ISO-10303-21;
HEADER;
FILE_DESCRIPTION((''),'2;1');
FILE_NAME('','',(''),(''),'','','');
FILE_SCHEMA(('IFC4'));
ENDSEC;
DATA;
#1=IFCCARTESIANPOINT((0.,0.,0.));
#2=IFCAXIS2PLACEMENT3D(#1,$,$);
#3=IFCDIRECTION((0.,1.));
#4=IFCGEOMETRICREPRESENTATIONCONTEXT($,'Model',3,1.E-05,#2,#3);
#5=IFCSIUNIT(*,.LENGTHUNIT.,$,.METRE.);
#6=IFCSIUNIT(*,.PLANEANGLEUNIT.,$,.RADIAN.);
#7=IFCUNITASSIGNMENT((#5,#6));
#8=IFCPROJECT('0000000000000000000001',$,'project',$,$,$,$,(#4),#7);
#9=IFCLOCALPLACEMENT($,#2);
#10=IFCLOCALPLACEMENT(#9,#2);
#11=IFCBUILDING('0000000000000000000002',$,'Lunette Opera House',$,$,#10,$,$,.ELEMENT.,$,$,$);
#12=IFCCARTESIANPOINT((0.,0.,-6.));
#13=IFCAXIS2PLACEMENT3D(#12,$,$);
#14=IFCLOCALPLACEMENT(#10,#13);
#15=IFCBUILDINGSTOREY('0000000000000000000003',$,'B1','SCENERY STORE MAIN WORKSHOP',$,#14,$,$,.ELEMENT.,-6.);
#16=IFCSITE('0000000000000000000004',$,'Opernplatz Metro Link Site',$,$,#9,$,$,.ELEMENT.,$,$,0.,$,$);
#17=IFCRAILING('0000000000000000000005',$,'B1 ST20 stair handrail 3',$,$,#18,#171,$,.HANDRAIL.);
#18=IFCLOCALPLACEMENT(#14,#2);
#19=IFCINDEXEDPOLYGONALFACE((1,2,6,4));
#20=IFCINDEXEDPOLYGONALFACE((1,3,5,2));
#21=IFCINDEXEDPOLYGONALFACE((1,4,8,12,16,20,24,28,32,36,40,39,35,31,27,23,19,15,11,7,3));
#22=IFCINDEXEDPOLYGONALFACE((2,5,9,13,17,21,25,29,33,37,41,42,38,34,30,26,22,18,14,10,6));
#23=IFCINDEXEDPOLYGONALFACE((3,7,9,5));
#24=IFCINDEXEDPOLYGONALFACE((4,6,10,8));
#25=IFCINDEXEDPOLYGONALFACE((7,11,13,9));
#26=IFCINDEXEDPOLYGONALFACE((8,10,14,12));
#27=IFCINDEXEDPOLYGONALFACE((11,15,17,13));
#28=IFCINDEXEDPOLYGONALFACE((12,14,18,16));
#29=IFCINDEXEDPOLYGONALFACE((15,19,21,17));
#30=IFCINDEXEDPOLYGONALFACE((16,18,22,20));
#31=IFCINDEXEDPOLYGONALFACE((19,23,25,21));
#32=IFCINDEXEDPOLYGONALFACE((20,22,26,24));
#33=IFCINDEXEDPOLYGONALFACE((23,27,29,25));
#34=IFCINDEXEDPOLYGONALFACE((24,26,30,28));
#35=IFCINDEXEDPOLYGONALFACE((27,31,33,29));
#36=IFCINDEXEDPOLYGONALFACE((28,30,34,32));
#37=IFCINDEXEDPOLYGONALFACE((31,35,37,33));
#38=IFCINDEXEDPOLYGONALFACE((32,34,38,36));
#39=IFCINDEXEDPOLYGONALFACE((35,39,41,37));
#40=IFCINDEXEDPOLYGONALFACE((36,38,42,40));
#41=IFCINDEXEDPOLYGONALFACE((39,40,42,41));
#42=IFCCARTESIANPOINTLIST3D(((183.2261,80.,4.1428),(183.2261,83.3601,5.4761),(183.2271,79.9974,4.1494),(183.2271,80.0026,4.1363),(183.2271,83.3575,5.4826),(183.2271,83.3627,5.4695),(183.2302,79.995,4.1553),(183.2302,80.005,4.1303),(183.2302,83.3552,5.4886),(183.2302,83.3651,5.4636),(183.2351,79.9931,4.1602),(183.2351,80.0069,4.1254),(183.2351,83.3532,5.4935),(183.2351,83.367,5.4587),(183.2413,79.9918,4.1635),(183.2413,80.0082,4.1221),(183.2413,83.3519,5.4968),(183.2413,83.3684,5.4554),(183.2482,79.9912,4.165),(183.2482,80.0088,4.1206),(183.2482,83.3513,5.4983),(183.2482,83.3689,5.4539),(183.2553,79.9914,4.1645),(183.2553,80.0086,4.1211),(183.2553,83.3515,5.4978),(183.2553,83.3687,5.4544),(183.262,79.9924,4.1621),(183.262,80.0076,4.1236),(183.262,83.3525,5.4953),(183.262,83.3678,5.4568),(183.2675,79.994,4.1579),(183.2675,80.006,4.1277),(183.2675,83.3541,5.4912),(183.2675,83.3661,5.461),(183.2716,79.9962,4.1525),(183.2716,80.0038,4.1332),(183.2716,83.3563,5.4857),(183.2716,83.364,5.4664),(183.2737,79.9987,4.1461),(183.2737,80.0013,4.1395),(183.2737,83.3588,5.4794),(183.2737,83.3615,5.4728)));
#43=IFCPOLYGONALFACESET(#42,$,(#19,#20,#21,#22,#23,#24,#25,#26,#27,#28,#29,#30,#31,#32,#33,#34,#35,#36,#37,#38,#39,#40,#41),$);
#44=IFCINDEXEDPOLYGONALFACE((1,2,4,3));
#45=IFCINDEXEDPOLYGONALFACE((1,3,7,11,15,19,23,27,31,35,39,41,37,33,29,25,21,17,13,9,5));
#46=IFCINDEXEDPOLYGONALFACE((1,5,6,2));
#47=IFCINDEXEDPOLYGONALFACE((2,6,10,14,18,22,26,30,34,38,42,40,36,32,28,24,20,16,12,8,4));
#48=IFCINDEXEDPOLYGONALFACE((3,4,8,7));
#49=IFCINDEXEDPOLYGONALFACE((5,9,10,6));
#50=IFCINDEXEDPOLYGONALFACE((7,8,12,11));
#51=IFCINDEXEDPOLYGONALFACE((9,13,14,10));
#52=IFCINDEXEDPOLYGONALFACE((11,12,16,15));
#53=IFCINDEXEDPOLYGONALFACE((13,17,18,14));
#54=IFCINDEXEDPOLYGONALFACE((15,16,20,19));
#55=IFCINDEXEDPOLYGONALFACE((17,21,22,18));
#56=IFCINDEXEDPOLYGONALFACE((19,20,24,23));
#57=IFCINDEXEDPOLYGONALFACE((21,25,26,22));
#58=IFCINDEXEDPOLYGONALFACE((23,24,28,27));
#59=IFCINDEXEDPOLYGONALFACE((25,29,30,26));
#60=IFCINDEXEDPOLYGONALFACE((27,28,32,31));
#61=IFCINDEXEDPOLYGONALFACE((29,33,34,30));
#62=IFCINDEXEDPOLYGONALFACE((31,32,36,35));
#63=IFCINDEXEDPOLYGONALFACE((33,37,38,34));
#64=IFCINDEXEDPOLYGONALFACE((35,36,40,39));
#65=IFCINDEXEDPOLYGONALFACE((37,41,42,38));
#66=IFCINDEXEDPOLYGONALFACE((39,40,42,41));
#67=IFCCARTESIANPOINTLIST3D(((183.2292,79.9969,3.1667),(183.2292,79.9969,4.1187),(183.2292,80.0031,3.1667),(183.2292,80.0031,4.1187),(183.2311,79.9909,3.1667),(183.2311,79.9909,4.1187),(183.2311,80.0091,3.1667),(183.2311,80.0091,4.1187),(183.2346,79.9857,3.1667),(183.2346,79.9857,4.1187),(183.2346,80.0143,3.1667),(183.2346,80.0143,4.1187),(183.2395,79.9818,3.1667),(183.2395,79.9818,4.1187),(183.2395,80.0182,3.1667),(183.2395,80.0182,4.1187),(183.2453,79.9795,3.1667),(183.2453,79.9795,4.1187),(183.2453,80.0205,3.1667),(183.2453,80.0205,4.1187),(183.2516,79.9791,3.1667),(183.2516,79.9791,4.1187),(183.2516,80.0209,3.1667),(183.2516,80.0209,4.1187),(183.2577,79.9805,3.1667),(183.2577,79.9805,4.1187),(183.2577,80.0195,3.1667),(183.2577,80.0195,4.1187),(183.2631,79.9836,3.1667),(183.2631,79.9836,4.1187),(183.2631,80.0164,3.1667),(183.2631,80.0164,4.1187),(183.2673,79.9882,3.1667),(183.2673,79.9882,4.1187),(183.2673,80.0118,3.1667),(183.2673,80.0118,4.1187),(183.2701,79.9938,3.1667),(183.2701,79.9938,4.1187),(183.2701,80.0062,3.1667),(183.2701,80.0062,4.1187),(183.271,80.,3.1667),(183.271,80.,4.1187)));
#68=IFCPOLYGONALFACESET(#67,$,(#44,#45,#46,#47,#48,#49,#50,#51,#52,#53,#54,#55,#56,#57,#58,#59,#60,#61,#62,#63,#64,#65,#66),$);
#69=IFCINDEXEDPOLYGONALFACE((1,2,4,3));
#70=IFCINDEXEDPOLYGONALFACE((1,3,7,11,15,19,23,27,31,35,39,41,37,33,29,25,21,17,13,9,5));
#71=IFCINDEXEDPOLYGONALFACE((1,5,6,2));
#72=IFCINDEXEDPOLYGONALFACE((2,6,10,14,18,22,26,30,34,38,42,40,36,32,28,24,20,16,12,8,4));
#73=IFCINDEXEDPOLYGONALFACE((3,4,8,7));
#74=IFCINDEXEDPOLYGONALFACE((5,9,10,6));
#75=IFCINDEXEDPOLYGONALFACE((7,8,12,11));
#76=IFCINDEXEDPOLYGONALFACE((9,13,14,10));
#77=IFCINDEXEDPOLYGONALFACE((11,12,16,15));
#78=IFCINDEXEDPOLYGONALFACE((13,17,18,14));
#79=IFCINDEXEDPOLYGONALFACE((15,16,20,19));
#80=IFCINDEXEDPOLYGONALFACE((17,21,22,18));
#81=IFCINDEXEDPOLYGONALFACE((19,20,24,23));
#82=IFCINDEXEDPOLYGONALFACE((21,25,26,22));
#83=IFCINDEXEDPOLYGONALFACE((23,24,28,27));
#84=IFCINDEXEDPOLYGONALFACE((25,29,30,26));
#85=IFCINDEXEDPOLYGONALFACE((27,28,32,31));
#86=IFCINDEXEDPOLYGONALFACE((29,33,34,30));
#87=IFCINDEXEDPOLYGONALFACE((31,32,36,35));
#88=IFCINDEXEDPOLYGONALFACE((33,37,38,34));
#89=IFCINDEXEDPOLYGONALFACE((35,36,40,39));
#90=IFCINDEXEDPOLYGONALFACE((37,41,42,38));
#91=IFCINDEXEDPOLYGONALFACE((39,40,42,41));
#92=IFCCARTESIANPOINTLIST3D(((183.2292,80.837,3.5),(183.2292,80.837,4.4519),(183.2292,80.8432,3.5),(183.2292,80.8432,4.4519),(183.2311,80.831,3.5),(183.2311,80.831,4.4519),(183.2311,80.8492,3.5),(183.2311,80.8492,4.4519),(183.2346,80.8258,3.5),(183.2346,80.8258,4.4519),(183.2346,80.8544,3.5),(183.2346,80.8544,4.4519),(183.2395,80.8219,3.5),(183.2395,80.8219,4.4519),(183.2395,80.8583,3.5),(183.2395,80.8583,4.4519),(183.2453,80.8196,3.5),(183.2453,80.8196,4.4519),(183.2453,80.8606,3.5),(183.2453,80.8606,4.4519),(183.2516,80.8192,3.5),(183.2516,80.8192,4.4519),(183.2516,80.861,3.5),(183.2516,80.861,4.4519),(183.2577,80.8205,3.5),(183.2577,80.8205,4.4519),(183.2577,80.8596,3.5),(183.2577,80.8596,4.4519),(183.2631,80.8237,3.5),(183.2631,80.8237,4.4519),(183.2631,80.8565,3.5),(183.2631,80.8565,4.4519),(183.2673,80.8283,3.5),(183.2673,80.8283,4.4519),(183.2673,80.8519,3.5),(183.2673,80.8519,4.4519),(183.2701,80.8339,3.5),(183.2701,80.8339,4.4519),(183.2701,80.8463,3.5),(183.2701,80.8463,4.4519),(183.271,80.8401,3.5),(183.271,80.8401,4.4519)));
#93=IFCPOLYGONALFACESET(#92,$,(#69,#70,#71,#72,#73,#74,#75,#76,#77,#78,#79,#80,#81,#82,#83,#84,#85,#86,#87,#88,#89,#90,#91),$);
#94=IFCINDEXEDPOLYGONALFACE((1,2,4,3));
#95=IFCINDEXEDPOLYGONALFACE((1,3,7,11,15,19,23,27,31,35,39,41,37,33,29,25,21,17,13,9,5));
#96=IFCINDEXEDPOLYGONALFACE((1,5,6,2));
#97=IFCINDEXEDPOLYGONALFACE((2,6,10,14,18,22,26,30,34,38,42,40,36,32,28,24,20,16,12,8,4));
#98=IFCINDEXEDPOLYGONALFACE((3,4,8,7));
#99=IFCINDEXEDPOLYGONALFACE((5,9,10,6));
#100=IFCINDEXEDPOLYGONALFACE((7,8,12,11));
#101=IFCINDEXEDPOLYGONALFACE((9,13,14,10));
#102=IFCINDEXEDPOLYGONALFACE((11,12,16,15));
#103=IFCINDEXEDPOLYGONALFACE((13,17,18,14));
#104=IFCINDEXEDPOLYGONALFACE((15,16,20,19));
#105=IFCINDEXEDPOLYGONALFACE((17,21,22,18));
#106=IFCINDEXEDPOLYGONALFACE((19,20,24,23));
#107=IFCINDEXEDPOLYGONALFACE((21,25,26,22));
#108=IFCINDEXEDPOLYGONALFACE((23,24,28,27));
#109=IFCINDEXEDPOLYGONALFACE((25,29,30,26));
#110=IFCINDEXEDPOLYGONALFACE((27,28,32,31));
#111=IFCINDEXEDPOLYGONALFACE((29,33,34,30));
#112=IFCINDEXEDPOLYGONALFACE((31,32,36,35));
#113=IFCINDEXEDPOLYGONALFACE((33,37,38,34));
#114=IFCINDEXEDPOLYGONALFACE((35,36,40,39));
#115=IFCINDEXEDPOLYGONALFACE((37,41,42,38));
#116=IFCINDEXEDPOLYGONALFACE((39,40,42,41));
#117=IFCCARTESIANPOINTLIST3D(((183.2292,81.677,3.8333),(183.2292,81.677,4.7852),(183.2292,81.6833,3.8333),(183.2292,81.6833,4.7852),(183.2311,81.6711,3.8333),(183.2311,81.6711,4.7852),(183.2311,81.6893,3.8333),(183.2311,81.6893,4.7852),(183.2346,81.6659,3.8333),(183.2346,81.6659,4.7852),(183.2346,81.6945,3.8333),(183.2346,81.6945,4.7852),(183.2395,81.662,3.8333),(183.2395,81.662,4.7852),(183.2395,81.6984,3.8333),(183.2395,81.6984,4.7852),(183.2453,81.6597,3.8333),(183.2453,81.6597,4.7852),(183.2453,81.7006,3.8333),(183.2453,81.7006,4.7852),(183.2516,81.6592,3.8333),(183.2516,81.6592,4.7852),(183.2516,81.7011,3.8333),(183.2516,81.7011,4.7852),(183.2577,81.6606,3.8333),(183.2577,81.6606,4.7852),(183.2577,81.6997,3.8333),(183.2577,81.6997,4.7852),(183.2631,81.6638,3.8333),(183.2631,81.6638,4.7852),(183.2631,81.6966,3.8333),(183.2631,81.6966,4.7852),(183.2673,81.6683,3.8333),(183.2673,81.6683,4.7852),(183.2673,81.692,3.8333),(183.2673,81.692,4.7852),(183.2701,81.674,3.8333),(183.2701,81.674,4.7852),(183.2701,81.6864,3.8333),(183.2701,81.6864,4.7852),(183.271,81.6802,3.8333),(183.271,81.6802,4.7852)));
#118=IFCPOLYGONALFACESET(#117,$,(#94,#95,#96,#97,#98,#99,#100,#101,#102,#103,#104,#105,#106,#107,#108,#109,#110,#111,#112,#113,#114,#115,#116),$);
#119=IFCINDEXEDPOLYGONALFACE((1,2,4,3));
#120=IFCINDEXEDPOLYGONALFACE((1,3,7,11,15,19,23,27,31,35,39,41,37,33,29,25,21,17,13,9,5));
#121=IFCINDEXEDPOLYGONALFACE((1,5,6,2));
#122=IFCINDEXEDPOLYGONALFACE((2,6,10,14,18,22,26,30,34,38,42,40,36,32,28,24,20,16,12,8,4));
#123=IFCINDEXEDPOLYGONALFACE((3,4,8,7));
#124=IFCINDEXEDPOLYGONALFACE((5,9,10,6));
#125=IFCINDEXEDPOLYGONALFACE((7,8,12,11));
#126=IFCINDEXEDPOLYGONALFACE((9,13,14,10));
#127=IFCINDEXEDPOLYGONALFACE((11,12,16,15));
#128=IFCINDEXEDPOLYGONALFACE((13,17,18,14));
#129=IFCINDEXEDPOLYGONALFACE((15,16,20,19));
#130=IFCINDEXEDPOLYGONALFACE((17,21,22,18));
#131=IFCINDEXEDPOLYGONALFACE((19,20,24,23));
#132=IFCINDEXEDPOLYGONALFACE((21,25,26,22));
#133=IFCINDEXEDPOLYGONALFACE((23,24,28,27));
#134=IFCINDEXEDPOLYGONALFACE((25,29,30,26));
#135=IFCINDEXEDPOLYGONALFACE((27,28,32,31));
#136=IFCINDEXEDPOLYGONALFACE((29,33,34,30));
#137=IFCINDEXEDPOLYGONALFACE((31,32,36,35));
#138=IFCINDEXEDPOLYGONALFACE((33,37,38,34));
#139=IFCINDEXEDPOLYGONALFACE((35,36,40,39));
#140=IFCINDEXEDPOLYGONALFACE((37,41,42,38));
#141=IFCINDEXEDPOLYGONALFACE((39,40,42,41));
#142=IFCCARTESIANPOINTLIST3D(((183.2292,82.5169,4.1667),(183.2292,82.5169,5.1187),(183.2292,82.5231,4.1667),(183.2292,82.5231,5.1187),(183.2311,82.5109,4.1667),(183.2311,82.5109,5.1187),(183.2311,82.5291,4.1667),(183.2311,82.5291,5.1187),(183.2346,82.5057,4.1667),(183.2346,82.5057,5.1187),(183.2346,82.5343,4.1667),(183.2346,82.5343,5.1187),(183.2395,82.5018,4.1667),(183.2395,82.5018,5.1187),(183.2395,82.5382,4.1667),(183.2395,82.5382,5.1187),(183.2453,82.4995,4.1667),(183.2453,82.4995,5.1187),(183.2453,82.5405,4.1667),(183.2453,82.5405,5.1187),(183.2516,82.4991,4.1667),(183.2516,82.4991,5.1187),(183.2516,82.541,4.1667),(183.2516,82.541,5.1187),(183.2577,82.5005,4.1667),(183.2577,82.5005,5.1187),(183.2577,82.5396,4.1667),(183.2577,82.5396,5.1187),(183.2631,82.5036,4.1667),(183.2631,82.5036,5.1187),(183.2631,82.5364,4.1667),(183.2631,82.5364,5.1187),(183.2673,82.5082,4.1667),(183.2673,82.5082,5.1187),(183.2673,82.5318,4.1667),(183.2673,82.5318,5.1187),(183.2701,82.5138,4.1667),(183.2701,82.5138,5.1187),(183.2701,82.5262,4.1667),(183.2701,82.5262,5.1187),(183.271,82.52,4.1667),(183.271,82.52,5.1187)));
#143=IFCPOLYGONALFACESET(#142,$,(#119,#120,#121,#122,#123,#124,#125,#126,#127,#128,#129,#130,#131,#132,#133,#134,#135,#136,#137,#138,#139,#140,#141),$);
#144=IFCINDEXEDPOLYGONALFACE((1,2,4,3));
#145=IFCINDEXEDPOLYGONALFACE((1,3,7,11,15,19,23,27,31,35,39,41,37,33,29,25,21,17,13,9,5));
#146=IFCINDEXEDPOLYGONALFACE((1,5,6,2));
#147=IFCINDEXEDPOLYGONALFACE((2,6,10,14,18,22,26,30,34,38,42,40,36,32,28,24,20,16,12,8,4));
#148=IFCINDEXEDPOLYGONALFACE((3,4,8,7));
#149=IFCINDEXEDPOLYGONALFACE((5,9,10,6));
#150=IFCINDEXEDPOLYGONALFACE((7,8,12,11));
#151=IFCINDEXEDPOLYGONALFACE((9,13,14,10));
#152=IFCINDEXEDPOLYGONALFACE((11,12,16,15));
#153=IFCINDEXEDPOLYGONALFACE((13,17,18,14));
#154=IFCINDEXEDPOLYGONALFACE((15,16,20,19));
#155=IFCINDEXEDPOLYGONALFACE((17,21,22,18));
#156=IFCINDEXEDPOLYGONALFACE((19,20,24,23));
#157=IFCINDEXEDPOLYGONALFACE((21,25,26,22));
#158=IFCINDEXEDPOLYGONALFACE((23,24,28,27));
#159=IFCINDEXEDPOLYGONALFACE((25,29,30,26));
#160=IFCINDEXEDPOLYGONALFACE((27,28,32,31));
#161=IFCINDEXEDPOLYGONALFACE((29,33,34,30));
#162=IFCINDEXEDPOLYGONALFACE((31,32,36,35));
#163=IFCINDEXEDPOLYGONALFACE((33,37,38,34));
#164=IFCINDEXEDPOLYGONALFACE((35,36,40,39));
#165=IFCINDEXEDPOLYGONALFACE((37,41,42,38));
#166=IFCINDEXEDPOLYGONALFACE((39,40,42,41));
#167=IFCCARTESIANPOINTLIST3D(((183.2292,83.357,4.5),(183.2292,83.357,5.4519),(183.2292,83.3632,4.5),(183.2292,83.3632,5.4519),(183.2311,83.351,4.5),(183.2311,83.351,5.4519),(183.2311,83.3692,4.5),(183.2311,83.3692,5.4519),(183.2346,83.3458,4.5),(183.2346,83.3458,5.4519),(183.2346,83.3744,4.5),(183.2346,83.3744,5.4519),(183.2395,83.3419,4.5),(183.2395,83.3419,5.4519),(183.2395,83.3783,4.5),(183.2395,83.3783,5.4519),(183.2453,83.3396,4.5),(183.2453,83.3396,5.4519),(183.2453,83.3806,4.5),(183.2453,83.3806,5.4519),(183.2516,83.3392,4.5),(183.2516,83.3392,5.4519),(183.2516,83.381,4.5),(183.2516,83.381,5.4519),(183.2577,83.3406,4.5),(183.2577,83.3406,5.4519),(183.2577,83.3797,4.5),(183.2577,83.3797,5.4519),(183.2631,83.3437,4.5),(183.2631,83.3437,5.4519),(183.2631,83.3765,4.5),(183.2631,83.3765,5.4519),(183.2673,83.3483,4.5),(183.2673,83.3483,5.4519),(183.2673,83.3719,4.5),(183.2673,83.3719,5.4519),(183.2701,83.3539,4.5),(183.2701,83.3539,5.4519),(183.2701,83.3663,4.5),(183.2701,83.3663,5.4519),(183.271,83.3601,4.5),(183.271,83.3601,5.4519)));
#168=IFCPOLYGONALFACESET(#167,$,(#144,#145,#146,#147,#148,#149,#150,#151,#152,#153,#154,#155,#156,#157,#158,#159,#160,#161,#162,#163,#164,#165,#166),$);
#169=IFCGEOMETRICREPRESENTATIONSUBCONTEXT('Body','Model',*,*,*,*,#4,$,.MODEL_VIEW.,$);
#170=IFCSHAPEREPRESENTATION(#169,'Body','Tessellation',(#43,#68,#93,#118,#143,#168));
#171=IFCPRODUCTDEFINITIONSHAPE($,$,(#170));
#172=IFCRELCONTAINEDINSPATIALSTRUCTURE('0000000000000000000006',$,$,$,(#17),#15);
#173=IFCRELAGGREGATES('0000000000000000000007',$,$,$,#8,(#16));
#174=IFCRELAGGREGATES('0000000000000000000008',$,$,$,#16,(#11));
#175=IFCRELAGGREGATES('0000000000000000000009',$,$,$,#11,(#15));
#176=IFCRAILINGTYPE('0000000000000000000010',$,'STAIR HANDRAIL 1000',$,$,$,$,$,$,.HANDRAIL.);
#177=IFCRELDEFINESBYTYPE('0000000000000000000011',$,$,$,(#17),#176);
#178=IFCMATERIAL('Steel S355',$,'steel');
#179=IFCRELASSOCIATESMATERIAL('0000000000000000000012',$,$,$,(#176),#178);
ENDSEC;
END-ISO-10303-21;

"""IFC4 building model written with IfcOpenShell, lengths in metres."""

from ifc_helpers import new_model, si_unit, direction, frame, origin, origin_2d, place, context, subcontext, project, spatial, circle, extrude, material, type_object, element, save


model = new_model("IFC4")

# Units and contexts
model_context = context("Model", 3, precision=1e-05, world=origin(), true_north=direction((0.0, 1.0)))
body_context = subcontext(model_context, "Body", "Model", "MODEL_VIEW")
ifc_project = project(units=[si_unit("LENGTHUNIT", "METRE"), si_unit("PLANEANGLEUNIT", "RADIAN")], contexts=[model_context])

# Site, building, storey
site_placement = place(None, origin())
site = spatial("IfcSite", under=ifc_project, at=site_placement, Name="Opernplatz Metro Link Site", CompositionType="ELEMENT", RefElevation=0.0)
building_placement = place(site_placement, origin())
building = spatial("IfcBuilding", under=site, at=building_placement, Name="Lunette Opera House", CompositionType="ELEMENT")
storey_placement = place(building_placement, frame((0.0, 0.0, -6.0)))
storey = spatial("IfcBuildingStorey", under=building, at=storey_placement, Name="B1", Description="SCENERY STORE MAIN WORKSHOP", CompositionType="ELEMENT", Elevation=-6.0)

# Railing
ifc_material_1 = material(Name="Steel S355", Category="steel")
railing_type_1 = type_object("IfcRailingType", Name="STAIR HANDRAIL 1000", PredefinedType="HANDRAIL", material=ifc_material_1)
for number, where, name in (
    (1, (183.25, 80.0, 3.1667), "B1 ST20 stair handrail 3"),
):
    element("IfcRailing", number, at=place(storey_placement, frame(where)), inside=storey, type_object=railing_type_1, Name=name, PredefinedType="HANDRAIL", context=body_context, shape_type="SweptSolid", body=[
        extrude(circle(Radius=0.0239, at=origin_2d()), frame((0.0, 0.0, 0.9761), z_axis=(0.0, 0.929502, 0.368816), x_axis=(-1.0, 0.0, 0.0)), (0.0, 0.0, 1.0), 3.615),
        extrude(circle(Radius=0.021, at=origin_2d()), origin(), (0.0, 0.0, 1.0), 0.9519),
        extrude(circle(Radius=0.021, at=origin_2d()), frame((0.0, 0.8401, 0.3333)), (0.0, 0.0, 1.0), 0.9519),
        extrude(circle(Radius=0.021, at=origin_2d()), frame((0.0, 1.6802, 0.6665)), (0.0, 0.0, 1.0), 0.9519),
        extrude(circle(Radius=0.021, at=origin_2d()), frame((0.0, 2.52, 1.0)), (0.0, 0.0, 1.0), 0.9519),
        extrude(circle(Radius=0.021, at=origin_2d()), frame((0.0, 3.3601, 1.3333)), (0.0, 0.0, 1.0), 0.9519),
    ])

save(model, "model.ifc")
